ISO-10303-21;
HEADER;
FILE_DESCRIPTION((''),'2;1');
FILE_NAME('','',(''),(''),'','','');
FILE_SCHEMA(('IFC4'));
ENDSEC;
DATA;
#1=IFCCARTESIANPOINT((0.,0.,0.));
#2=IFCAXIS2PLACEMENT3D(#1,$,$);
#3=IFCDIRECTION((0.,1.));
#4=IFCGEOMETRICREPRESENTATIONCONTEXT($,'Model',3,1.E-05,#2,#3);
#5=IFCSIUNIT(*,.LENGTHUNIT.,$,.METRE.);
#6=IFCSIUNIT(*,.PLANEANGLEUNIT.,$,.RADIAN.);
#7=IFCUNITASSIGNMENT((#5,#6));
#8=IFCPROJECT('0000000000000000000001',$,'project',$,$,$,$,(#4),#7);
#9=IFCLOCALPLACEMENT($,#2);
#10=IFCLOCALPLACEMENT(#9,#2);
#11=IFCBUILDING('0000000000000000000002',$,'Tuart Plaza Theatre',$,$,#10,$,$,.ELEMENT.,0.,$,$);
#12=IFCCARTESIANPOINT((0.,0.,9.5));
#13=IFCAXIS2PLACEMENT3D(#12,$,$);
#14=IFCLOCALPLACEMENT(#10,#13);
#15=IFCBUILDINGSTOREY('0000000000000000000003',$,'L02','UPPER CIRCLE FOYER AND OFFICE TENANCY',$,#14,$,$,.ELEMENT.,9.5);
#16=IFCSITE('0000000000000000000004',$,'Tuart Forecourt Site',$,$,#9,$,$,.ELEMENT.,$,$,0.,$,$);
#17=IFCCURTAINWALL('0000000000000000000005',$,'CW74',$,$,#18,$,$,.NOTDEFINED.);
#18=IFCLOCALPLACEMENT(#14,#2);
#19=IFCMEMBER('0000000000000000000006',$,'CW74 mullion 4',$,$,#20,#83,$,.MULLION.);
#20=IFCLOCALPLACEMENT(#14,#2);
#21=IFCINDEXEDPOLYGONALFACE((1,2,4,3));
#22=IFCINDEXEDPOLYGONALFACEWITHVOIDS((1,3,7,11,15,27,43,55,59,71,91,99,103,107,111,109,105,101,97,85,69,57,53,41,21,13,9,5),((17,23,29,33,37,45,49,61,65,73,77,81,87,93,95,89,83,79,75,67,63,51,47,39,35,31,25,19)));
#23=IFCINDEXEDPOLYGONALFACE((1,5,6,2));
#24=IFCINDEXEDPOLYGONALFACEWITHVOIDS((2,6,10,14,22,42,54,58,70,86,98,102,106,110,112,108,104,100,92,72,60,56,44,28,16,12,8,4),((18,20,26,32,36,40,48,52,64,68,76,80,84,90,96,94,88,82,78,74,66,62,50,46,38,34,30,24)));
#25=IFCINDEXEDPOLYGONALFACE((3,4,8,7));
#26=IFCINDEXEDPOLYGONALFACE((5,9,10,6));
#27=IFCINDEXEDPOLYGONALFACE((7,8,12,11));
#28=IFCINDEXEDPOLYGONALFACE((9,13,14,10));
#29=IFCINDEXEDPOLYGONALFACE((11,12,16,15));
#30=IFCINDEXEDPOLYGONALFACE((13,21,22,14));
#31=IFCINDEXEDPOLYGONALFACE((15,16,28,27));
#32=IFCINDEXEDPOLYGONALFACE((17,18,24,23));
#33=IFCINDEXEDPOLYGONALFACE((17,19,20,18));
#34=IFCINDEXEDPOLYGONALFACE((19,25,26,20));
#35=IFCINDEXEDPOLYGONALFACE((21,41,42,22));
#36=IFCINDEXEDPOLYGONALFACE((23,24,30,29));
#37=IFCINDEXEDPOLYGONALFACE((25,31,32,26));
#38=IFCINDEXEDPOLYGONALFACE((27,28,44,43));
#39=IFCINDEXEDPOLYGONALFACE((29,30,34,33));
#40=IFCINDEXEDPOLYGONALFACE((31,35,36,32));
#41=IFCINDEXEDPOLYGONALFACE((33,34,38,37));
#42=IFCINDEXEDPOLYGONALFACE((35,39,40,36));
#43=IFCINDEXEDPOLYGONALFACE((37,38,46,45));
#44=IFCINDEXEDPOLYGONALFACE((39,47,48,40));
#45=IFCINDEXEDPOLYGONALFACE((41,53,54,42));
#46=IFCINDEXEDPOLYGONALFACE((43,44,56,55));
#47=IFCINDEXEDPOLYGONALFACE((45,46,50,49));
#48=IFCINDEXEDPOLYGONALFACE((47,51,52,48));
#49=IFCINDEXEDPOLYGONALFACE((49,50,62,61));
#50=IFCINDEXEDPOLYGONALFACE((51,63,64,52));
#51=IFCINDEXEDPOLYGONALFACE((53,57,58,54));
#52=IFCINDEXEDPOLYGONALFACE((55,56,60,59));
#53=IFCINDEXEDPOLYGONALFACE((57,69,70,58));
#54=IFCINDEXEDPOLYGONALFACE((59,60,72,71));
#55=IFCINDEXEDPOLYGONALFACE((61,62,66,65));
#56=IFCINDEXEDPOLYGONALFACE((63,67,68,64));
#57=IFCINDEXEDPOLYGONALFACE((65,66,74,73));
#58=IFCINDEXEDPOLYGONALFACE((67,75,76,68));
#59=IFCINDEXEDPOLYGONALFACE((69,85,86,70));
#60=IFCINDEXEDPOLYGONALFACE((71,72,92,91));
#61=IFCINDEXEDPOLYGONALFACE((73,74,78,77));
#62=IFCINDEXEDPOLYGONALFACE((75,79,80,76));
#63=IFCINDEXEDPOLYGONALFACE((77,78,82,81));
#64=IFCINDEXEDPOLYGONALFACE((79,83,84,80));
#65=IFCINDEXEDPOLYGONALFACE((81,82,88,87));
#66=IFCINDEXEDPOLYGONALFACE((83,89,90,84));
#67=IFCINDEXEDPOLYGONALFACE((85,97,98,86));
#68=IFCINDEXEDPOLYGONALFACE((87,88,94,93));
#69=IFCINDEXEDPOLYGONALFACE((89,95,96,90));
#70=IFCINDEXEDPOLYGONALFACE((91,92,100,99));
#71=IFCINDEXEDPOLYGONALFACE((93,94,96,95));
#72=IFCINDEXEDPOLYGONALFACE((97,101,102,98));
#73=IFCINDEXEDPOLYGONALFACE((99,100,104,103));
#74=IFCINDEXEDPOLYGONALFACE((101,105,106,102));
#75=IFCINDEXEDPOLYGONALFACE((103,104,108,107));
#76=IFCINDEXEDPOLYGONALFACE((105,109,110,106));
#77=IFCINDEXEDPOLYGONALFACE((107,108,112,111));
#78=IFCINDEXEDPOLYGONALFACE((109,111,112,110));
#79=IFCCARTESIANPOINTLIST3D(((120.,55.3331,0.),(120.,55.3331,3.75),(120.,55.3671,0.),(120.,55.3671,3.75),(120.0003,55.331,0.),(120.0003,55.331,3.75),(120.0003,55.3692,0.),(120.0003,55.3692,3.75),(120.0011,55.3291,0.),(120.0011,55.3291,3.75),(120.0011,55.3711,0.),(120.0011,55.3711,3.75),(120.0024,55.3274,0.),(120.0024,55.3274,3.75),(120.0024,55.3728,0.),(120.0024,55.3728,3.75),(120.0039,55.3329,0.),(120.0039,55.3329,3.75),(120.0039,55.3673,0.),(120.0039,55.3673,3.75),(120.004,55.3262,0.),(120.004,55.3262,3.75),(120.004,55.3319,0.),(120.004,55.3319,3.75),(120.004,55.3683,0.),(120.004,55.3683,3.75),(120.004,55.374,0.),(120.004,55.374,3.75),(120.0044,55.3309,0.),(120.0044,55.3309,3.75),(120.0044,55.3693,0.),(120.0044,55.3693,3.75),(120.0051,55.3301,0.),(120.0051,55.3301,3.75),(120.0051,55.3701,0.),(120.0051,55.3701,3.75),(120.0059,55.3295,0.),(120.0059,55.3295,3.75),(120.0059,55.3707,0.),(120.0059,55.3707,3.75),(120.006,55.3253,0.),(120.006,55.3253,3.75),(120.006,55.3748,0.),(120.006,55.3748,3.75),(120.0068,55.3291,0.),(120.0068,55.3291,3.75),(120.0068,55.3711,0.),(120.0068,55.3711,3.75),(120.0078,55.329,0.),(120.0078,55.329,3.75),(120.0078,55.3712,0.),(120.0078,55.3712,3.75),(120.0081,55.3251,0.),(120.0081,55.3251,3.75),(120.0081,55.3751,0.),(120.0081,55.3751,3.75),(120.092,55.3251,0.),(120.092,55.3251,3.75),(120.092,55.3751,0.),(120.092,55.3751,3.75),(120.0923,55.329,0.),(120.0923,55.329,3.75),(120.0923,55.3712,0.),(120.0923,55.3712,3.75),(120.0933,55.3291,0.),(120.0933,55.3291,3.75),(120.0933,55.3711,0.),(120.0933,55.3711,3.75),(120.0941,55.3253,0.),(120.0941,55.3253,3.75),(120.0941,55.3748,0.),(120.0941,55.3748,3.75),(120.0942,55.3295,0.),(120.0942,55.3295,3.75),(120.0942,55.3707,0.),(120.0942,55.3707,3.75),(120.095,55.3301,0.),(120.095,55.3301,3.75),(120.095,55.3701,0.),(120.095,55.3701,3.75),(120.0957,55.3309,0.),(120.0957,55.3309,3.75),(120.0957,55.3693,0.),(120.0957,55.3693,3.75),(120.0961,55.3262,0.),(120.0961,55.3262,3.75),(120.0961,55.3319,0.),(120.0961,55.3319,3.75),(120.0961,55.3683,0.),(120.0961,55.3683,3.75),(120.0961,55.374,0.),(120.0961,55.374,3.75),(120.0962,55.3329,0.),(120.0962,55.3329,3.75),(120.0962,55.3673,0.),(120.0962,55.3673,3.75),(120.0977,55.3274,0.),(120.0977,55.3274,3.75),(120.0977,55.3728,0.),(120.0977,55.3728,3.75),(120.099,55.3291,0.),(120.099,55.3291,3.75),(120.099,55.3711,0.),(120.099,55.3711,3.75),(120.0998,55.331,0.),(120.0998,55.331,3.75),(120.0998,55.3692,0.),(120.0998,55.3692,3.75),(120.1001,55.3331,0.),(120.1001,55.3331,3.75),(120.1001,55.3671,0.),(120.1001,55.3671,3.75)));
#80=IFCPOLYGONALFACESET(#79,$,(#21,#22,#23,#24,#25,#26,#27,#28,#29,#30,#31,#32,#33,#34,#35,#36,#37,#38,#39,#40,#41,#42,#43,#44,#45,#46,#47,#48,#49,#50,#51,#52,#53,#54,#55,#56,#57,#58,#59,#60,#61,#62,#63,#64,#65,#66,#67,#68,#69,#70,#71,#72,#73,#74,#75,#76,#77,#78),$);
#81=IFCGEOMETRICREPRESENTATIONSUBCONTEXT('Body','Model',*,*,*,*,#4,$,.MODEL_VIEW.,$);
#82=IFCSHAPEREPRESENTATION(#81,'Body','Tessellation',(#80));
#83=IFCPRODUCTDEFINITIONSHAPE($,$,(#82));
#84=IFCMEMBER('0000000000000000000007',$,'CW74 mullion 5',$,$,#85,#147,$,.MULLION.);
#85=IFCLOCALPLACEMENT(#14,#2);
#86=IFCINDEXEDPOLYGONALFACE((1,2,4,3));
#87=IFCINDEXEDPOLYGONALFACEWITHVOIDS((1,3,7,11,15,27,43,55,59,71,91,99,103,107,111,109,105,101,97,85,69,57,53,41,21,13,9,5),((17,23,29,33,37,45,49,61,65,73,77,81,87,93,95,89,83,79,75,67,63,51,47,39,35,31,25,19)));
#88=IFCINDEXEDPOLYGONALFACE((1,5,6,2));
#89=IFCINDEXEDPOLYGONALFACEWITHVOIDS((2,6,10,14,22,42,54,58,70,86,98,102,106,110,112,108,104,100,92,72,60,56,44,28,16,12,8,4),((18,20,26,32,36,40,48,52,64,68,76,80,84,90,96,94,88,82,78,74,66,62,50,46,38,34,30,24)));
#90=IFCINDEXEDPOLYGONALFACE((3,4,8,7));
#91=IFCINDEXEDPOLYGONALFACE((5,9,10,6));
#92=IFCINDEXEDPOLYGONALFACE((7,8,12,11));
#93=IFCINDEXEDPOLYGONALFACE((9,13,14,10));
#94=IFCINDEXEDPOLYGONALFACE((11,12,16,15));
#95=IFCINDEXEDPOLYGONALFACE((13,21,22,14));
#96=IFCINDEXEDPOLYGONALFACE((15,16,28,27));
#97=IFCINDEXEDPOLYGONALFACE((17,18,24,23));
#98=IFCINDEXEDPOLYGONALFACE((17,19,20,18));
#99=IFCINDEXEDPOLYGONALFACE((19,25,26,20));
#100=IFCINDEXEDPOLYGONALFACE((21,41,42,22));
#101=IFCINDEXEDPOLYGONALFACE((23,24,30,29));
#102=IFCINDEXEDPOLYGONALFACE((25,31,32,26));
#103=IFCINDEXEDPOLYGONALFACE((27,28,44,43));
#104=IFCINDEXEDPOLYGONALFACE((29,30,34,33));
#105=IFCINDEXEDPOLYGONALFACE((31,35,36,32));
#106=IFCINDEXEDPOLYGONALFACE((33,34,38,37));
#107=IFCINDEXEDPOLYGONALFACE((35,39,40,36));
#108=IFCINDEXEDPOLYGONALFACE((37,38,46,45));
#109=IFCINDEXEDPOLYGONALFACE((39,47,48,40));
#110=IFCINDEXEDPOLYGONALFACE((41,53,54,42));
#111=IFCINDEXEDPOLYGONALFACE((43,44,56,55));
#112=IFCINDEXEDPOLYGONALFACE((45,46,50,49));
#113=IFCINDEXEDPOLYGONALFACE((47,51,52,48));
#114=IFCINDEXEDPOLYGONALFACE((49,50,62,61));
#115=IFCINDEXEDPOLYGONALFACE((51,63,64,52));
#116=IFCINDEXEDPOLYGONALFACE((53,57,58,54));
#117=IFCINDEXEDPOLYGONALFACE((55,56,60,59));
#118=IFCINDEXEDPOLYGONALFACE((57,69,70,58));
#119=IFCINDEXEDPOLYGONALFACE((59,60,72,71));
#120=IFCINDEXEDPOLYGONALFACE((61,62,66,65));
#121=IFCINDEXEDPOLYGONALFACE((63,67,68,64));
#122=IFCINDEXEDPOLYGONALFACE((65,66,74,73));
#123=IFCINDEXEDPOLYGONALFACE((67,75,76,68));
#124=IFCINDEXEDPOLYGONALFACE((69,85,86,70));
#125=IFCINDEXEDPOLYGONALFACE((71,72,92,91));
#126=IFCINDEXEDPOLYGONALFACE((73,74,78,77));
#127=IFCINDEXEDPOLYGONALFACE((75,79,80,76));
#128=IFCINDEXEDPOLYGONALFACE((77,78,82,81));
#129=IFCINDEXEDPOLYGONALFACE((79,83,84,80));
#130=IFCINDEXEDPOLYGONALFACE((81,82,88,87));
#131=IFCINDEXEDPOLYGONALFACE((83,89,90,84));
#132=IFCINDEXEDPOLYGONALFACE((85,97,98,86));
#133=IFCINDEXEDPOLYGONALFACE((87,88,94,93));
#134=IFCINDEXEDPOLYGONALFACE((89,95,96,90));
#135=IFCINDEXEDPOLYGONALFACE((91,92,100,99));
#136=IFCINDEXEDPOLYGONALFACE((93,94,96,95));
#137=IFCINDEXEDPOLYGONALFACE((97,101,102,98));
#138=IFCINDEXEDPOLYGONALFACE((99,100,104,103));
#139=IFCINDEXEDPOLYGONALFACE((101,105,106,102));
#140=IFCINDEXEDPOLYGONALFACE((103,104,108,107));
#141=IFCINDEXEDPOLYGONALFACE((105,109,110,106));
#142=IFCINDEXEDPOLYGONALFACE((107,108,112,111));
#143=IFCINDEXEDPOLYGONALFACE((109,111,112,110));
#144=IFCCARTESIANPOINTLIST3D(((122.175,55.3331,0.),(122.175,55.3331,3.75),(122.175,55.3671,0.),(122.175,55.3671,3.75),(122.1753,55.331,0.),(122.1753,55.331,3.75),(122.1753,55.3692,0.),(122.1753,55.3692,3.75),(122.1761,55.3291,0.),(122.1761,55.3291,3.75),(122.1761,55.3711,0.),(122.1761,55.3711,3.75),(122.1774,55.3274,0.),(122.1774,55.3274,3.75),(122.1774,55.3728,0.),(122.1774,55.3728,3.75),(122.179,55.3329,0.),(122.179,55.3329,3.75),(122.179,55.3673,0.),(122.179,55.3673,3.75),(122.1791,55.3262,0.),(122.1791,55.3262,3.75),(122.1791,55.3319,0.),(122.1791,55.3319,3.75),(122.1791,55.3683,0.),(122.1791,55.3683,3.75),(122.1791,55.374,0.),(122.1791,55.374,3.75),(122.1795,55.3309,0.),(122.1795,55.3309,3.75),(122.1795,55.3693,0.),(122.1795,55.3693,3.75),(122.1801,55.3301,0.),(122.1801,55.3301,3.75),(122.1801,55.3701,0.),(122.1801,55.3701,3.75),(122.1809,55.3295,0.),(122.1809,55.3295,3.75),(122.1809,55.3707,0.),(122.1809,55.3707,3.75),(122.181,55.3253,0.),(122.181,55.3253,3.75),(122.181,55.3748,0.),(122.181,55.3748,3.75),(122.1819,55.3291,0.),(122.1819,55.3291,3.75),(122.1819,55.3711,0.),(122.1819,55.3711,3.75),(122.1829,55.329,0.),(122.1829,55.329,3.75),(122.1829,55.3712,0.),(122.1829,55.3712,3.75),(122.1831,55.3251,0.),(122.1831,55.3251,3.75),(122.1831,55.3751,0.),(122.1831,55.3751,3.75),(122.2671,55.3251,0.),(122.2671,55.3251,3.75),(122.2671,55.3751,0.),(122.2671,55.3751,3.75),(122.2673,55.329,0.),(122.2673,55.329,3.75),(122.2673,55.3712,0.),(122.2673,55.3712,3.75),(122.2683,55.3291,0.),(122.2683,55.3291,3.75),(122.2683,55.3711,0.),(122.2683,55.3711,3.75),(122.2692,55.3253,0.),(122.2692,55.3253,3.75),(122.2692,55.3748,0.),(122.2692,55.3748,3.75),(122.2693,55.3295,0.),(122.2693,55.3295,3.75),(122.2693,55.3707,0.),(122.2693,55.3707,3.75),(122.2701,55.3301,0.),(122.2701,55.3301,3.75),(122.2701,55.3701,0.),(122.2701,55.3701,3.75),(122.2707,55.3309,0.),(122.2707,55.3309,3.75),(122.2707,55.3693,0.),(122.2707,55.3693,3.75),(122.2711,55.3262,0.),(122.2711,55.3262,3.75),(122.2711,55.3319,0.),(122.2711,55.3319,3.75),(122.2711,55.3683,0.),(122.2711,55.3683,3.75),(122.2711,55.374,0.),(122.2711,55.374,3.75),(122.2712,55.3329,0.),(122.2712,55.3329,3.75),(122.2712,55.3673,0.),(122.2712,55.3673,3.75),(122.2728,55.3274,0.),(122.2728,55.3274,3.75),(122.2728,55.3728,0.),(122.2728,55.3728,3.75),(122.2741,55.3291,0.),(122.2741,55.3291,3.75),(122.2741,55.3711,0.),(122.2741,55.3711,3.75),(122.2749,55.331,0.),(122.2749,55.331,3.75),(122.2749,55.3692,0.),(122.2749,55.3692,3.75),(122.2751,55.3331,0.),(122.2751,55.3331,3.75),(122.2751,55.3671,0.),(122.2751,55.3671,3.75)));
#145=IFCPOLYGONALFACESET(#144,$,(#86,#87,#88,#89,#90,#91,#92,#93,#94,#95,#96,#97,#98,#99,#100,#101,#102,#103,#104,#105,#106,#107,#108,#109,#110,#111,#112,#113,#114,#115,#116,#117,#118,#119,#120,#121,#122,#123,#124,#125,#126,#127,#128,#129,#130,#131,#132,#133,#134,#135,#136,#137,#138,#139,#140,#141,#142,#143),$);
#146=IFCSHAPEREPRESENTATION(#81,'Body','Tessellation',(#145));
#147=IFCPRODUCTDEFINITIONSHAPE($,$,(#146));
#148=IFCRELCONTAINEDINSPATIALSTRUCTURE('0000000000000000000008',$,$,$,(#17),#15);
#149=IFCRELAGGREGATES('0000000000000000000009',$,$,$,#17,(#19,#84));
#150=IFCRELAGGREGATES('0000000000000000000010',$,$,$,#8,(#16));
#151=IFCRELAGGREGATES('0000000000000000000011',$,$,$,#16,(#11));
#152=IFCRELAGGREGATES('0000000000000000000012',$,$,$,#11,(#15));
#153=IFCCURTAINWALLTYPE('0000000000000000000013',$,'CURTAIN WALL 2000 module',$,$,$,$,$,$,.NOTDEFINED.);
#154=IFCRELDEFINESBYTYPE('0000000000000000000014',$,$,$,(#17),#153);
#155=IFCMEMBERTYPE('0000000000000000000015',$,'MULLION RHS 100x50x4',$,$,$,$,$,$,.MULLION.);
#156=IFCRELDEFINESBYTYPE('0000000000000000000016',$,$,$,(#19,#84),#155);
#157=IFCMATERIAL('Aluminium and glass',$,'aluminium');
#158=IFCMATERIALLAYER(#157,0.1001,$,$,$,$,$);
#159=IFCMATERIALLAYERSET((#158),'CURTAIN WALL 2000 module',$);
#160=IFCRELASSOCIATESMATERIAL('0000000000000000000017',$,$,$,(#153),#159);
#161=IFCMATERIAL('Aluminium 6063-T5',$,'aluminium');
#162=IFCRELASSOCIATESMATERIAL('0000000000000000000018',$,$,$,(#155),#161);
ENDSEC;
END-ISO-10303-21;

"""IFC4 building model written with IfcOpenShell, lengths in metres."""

from ifc_helpers import new_model, si_unit, direction, frame, origin, origin_2d, place, context, subcontext, project, spatial, hollow_rectangle, extrude, material, layer, layer_set, material_profile, profile_set, type_object, element, aggregate, save


model = new_model("IFC4")

# Units and contexts
model_context = context("Model", 3, precision=1e-05, world=origin(), true_north=direction((0.0, 1.0)))
body_context = subcontext(model_context, "Body", "Model", "MODEL_VIEW")
ifc_project = project(units=[si_unit("LENGTHUNIT", "METRE"), si_unit("PLANEANGLEUNIT", "RADIAN")], contexts=[model_context])

# Site, building, storey
site_placement = place(None, origin())
site = spatial("IfcSite", under=ifc_project, at=site_placement, Name="Tuart Forecourt Site", CompositionType="ELEMENT", RefElevation=0.0)
building_placement = place(site_placement, origin())
building = spatial("IfcBuilding", under=site, at=building_placement, Name="Tuart Plaza Theatre", CompositionType="ELEMENT", ElevationOfRefHeight=0.0)
storey_placement = place(building_placement, frame((0.0, 0.0, 9.5)))
storey = spatial("IfcBuildingStorey", under=building, at=storey_placement, Name="L02", Description="UPPER CIRCLE FOYER AND OFFICE TENANCY", CompositionType="ELEMENT", Elevation=9.5)

# Curtain wall, members
ifc_material_1 = material(Name="Aluminium and glass", Category="aluminium")
ifc_layer_1 = layer(ifc_material_1, 0.1001)
ifc_layer_set_1 = layer_set([ifc_layer_1], Name="CURTAIN WALL 2000 module")
curtain_wall_type = type_object("IfcCurtainWallType", Name="CURTAIN WALL 2000 module", PredefinedType="NOTDEFINED", material=ifc_layer_set_1)
curtain_wall_placement = place(storey_placement, origin())
curtain_wall = element("IfcCurtainWall", 1, at=curtain_wall_placement, inside=storey, type_object=curtain_wall_type, Name="CW74", PredefinedType="NOTDEFINED")
ifc_material_2 = material(Name="Aluminium 6063-T5", Category="aluminium")
ifc_material_profile_1 = material_profile(ifc_material_2, hollow_rectangle(XDim=0.05, YDim=0.1001, WallThickness=0.0039, InnerFilletRadius=0.0039, OuterFilletRadius=0.0081, at=origin_2d()), Name="RHS 100x50x4")
ifc_profile_set_1 = profile_set([ifc_material_profile_1], Name="Aluminium 6063-T5")
member_type_1 = type_object("IfcMemberType", Name="MULLION RHS 100x50x4", PredefinedType="MULLION", material=ifc_profile_set_1)
member_1_placement = place(storey_placement, frame((120.05, 55.3501, 0.0), z_axis=(0.0, 0.0, 1.0), x_axis=(0.0, 1.0, 0.0)))
member_1 = element("IfcMember", 2, at=member_1_placement, type_object=member_type_1, Name="CW74 mullion 4", PredefinedType="MULLION", context=body_context, shape_type="SweptSolid", body=[
    extrude(hollow_rectangle(XDim=0.05, YDim=0.1001, WallThickness=0.0039, InnerFilletRadius=0.0039, OuterFilletRadius=0.0081, at=origin_2d()), origin(), (0.0, 0.0, 1.0), 3.75),
])
member_2_placement = place(storey_placement, frame((122.2251, 55.3501, 0.0), z_axis=(0.0, 0.0, 1.0), x_axis=(0.0, 1.0, 0.0)))
member_2 = element("IfcMember", 3, at=member_2_placement, type_object=member_type_1, Name="CW74 mullion 5", PredefinedType="MULLION", context=body_context, shape_type="SweptSolid", body=[
    extrude(hollow_rectangle(XDim=0.05, YDim=0.1001, WallThickness=0.0039, InnerFilletRadius=0.0039, OuterFilletRadius=0.0081, at=origin_2d()), origin(), (0.0, 0.0, 1.0), 3.75),
])
aggregate(curtain_wall, [member_1, member_2])

save(model, "model.ifc")
